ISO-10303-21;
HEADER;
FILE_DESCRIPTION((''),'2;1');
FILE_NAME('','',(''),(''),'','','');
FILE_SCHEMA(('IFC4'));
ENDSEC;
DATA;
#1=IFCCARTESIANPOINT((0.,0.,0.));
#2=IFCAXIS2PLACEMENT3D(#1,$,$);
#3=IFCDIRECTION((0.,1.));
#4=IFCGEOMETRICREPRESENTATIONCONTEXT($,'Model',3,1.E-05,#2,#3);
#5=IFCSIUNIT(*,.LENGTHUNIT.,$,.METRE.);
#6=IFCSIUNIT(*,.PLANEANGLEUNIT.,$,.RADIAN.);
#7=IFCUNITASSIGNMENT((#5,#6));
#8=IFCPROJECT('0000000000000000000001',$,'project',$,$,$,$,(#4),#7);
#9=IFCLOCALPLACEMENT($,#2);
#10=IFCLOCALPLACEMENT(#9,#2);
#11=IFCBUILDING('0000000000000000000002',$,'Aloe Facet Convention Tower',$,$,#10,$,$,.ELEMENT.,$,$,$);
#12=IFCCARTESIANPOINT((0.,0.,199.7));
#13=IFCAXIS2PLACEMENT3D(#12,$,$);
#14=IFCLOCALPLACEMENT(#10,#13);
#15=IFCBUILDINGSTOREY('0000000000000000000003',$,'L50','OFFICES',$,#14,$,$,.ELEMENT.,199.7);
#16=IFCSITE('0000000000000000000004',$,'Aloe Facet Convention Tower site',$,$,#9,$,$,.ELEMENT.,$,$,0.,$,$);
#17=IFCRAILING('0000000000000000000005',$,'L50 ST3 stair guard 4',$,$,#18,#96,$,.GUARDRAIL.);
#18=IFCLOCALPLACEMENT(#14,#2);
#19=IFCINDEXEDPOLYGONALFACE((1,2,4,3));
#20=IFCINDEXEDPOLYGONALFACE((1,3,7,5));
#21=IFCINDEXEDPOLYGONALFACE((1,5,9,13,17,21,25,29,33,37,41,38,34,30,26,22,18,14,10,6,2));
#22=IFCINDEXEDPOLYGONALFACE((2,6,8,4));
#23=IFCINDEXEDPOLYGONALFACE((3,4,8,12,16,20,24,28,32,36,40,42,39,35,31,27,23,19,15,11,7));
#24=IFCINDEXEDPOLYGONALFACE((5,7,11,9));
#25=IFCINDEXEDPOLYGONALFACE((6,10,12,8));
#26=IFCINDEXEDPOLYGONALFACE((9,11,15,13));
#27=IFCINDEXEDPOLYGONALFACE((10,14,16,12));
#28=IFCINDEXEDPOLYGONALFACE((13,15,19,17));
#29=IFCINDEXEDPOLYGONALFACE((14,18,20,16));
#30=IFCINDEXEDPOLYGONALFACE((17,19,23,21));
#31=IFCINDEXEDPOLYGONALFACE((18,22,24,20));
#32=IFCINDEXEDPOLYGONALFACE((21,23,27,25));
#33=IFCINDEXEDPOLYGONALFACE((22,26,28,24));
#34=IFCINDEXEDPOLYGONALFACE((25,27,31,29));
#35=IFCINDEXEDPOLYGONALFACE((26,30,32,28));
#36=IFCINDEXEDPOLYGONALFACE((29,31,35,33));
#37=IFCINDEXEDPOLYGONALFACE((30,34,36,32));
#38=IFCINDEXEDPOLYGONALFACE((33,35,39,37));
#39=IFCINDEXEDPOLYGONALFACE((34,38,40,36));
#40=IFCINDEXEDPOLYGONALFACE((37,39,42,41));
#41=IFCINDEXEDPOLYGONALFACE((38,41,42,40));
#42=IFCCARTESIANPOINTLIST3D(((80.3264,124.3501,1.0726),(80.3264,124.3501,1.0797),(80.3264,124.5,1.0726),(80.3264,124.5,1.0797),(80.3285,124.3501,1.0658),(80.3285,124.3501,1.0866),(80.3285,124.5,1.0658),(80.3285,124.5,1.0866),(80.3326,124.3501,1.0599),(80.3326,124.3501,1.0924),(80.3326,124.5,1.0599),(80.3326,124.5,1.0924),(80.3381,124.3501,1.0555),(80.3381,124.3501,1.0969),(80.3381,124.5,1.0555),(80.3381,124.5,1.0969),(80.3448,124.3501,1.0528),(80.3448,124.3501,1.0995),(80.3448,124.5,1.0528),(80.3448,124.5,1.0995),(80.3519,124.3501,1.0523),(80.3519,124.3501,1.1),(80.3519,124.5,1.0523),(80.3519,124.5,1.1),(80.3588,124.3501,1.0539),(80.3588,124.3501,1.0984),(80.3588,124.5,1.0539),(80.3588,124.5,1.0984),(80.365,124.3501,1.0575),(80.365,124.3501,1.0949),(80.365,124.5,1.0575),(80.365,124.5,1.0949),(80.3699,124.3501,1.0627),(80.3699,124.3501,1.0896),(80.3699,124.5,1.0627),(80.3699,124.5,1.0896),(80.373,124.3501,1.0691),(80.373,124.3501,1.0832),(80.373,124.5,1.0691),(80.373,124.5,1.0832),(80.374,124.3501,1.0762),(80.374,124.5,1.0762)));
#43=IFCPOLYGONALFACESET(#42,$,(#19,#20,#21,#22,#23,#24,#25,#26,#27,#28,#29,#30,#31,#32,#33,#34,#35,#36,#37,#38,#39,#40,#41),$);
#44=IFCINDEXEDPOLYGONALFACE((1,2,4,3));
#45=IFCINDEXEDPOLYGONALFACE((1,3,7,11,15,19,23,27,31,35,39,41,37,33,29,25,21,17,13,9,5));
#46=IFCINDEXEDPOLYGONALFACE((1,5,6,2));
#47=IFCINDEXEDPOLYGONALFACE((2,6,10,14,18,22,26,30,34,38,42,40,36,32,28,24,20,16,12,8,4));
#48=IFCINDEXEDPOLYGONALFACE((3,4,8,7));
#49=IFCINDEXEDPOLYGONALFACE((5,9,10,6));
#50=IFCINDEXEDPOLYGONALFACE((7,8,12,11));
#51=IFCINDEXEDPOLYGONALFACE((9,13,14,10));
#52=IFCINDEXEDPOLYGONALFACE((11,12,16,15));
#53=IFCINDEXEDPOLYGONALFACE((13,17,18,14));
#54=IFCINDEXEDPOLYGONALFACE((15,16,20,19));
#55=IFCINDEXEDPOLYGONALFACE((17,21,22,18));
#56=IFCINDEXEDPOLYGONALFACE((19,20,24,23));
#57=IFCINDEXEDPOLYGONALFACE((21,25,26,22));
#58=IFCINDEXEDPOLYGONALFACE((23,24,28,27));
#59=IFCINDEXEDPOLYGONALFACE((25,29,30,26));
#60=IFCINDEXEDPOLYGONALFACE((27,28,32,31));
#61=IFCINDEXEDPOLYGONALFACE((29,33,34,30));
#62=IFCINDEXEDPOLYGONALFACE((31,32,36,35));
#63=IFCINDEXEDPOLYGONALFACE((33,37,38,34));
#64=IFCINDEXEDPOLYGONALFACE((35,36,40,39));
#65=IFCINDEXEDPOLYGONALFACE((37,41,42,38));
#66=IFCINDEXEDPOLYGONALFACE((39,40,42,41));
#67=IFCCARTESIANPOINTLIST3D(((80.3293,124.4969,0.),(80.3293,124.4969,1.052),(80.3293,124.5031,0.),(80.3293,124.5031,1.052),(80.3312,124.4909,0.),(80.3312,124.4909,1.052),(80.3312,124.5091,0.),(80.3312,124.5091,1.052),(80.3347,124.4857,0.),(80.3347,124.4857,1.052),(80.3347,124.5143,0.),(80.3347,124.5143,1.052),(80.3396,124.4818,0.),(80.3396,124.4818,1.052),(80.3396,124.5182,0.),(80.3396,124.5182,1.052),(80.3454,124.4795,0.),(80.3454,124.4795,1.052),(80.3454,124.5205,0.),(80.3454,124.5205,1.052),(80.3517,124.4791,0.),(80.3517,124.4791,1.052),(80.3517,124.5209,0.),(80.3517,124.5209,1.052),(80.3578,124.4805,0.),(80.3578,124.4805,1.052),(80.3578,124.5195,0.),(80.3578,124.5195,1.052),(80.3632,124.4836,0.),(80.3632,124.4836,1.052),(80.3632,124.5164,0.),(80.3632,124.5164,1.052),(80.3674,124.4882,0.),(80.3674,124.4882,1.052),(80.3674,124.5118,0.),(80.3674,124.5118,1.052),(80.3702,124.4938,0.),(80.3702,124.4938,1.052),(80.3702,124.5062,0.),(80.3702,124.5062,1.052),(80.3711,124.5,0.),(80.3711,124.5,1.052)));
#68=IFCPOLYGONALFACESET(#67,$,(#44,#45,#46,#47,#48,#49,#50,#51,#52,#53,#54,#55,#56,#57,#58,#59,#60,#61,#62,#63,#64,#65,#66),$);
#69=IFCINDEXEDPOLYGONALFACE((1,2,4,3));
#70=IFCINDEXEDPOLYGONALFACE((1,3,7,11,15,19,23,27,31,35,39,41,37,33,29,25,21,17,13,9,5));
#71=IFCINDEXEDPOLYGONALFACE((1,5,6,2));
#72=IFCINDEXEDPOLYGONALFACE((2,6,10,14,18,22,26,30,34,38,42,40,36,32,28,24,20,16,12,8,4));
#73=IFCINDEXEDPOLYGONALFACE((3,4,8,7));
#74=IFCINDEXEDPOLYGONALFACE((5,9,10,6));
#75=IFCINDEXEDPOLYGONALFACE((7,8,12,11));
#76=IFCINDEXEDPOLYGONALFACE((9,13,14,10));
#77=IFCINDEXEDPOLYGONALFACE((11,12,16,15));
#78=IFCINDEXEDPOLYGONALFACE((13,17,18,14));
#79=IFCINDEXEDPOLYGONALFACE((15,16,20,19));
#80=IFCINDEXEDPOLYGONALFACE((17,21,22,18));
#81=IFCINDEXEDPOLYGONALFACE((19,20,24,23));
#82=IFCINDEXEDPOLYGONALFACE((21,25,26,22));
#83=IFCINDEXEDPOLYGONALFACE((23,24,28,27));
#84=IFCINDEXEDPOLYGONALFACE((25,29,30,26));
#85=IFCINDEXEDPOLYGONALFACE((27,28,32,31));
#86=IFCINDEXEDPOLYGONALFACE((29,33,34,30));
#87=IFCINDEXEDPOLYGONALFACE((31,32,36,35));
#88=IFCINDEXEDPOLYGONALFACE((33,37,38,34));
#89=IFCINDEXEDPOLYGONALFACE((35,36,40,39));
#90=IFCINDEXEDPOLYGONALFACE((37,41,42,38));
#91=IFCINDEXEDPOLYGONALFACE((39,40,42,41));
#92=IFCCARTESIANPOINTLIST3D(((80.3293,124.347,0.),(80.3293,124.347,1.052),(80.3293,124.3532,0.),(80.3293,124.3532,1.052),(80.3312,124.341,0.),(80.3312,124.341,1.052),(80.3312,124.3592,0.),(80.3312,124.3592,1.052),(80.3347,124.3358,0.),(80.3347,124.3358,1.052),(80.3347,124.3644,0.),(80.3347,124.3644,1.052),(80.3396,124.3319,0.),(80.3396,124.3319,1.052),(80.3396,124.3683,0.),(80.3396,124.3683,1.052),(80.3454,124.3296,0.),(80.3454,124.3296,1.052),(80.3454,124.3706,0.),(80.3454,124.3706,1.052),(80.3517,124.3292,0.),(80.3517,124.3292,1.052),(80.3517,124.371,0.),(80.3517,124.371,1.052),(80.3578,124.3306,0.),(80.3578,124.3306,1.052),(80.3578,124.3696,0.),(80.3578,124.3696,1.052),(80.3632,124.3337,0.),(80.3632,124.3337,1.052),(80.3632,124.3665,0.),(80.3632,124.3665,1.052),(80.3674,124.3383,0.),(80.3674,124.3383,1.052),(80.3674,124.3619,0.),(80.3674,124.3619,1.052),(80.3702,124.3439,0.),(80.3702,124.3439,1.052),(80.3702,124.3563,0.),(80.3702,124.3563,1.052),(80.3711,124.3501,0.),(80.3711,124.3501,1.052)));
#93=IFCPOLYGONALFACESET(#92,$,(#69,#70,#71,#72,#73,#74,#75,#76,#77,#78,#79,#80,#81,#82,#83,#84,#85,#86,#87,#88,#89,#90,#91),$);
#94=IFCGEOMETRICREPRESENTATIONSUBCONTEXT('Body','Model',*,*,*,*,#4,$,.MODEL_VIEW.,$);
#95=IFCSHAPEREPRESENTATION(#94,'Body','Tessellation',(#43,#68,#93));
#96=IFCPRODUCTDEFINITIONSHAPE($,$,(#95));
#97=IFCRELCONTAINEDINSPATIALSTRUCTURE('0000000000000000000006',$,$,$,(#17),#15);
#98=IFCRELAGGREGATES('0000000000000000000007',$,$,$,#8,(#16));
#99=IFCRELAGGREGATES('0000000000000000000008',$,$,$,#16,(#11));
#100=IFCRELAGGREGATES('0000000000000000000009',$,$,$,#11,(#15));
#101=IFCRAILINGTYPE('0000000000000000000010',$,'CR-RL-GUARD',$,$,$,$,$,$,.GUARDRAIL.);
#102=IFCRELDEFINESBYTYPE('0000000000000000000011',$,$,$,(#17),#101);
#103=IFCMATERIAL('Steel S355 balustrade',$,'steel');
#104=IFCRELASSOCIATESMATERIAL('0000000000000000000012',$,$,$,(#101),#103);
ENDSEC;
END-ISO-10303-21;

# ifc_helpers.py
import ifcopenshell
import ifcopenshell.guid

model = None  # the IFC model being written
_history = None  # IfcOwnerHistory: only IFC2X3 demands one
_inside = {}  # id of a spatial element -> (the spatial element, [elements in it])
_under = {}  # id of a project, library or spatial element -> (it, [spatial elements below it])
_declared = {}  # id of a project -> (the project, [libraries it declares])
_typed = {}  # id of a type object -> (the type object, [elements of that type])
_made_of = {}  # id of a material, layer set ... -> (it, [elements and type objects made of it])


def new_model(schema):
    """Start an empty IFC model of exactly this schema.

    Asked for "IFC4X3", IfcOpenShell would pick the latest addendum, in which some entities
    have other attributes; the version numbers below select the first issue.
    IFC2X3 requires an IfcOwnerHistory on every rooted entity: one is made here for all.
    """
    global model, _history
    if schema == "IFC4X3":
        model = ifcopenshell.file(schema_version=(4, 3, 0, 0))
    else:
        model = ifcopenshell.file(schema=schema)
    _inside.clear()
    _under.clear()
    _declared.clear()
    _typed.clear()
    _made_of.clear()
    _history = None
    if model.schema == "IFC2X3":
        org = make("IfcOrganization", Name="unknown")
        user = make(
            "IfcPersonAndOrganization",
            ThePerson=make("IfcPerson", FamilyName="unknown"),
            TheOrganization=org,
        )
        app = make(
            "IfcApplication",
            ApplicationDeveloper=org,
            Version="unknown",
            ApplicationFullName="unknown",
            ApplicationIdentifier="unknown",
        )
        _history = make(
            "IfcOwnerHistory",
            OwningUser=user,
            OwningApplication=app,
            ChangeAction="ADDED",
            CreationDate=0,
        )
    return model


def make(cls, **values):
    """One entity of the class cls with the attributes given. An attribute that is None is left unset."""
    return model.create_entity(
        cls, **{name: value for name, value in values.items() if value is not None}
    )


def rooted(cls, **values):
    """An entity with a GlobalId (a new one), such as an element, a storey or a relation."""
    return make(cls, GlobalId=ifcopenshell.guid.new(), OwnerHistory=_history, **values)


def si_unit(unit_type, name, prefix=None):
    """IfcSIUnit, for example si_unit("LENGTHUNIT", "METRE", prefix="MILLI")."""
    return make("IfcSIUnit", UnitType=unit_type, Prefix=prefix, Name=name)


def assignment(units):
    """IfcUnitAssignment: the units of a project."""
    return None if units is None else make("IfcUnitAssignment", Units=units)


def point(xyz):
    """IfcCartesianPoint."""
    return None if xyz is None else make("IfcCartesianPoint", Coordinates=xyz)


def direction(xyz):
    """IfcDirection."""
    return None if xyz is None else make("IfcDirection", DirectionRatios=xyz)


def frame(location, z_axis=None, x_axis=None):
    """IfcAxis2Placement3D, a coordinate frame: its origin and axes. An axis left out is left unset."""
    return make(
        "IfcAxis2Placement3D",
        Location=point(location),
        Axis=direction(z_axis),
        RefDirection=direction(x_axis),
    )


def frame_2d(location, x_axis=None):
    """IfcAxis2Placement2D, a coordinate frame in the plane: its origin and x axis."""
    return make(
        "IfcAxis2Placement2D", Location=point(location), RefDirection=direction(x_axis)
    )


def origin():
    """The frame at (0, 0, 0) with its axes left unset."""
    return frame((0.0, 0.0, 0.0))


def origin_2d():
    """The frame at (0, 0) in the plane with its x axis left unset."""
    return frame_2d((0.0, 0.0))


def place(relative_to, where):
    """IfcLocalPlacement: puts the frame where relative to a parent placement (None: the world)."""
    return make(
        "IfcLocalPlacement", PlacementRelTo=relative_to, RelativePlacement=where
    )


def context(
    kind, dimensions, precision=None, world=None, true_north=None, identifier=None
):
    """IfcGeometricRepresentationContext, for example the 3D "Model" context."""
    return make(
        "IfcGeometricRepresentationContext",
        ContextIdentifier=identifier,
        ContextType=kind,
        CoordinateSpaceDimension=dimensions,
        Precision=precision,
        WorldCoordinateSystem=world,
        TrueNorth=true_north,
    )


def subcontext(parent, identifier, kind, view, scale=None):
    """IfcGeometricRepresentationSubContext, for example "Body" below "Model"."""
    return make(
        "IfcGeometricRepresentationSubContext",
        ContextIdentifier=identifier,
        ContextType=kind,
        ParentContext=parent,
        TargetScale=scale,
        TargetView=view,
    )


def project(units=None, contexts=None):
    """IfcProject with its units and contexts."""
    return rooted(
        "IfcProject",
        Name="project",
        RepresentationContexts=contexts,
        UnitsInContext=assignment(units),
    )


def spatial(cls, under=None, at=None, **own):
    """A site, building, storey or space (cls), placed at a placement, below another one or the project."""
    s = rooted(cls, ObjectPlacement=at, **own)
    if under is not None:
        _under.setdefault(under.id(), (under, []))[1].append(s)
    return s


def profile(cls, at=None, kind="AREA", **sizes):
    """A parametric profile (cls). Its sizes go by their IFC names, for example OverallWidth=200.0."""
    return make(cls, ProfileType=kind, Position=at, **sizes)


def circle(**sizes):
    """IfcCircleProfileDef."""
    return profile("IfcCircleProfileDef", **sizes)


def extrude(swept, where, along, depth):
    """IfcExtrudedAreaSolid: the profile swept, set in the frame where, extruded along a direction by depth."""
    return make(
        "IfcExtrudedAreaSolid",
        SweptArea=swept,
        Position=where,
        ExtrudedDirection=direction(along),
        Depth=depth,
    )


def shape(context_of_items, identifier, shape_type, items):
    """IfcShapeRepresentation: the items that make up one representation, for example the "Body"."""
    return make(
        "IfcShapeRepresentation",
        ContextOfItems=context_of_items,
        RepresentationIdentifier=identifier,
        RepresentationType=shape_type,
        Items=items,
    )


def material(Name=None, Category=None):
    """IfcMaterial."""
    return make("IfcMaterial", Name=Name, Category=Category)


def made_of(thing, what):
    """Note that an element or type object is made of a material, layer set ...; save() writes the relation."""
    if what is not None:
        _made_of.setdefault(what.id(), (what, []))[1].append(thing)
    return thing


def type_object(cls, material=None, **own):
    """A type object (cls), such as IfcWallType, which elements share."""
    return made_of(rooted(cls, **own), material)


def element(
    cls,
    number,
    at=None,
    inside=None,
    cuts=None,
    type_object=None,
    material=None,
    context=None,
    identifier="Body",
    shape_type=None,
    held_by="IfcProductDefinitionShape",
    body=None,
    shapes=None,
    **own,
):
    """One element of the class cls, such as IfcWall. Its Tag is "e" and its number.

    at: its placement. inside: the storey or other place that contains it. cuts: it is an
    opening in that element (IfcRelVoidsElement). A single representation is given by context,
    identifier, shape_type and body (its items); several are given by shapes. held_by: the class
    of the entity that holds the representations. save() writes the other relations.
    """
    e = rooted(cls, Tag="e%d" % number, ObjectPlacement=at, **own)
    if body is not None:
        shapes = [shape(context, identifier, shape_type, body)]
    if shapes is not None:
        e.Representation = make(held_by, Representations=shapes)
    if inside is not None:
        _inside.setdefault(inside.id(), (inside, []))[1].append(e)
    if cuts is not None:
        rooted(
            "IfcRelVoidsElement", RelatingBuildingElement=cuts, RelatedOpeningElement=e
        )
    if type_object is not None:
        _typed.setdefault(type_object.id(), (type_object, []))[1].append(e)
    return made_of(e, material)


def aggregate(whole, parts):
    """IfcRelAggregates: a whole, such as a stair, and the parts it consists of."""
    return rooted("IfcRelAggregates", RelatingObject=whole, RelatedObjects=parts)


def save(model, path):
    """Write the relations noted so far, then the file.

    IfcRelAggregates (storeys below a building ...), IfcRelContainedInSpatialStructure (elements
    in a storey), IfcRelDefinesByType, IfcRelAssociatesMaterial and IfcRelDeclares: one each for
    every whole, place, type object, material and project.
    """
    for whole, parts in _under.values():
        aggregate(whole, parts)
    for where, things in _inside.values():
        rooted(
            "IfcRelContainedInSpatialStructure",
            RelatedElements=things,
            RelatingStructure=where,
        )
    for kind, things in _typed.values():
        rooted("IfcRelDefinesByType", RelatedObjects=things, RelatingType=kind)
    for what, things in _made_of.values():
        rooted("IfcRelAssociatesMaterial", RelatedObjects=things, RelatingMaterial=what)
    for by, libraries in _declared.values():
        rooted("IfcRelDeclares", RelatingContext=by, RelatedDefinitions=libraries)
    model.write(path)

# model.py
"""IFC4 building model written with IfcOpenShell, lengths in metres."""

from ifc_helpers import new_model, si_unit, direction, frame, origin, origin_2d, place, context, subcontext, project, spatial, circle, extrude, material, type_object, element, save


model = new_model("IFC4")

# Units and contexts
model_context = context("Model", 3, precision=1e-05, world=origin(), true_north=direction((0.0, 1.0)))
body_context = subcontext(model_context, "Body", "Model", "MODEL_VIEW")
ifc_project = project(units=[si_unit("LENGTHUNIT", "METRE"), si_unit("PLANEANGLEUNIT", "RADIAN")], contexts=[model_context])

# Site, building, storey
site_placement = place(None, origin())
site = spatial("IfcSite", under=ifc_project, at=site_placement, Name="Aloe Facet Convention Tower site", CompositionType="ELEMENT", RefElevation=0.0)
building_placement = place(site_placement, origin())
building = spatial("IfcBuilding", under=site, at=building_placement, Name="Aloe Facet Convention Tower", CompositionType="ELEMENT")
storey_placement = place(building_placement, frame((0.0, 0.0, 199.7)))
storey = spatial("IfcBuildingStorey", under=building, at=storey_placement, Name="L50", Description="OFFICES", CompositionType="ELEMENT", Elevation=199.7)

# Railing
ifc_material_1 = material(Name="Steel S355 balustrade", Category="steel")
railing_type_1 = type_object("IfcRailingType", Name="CR-RL-GUARD", PredefinedType="GUARDRAIL", material=ifc_material_1)
railing_1_placement = place(storey_placement, frame((80.3501, 124.5, 0.0)))
element("IfcRailing", 1, at=railing_1_placement, inside=storey, type_object=railing_type_1, Name="L50 ST3 stair guard 4", PredefinedType="GUARDRAIL", context=body_context, shape_type="SweptSolid", body=[
    extrude(circle(Radius=0.0239, at=origin_2d()), frame((0.0, 0.0, 1.0762), z_axis=(0.0, -1.0, 0.0), x_axis=(1.0, 0.0, 0.0)), (0.0, 0.0, 1.0), 0.1499),
    extrude(circle(Radius=0.021, at=origin_2d()), origin(), (0.0, 0.0, 1.0), 1.052),
    extrude(circle(Radius=0.021, at=origin_2d()), frame((0.0, -0.1499, 0.0)), (0.0, 0.0, 1.0), 1.052),
])

save(model, "model.ifc")
